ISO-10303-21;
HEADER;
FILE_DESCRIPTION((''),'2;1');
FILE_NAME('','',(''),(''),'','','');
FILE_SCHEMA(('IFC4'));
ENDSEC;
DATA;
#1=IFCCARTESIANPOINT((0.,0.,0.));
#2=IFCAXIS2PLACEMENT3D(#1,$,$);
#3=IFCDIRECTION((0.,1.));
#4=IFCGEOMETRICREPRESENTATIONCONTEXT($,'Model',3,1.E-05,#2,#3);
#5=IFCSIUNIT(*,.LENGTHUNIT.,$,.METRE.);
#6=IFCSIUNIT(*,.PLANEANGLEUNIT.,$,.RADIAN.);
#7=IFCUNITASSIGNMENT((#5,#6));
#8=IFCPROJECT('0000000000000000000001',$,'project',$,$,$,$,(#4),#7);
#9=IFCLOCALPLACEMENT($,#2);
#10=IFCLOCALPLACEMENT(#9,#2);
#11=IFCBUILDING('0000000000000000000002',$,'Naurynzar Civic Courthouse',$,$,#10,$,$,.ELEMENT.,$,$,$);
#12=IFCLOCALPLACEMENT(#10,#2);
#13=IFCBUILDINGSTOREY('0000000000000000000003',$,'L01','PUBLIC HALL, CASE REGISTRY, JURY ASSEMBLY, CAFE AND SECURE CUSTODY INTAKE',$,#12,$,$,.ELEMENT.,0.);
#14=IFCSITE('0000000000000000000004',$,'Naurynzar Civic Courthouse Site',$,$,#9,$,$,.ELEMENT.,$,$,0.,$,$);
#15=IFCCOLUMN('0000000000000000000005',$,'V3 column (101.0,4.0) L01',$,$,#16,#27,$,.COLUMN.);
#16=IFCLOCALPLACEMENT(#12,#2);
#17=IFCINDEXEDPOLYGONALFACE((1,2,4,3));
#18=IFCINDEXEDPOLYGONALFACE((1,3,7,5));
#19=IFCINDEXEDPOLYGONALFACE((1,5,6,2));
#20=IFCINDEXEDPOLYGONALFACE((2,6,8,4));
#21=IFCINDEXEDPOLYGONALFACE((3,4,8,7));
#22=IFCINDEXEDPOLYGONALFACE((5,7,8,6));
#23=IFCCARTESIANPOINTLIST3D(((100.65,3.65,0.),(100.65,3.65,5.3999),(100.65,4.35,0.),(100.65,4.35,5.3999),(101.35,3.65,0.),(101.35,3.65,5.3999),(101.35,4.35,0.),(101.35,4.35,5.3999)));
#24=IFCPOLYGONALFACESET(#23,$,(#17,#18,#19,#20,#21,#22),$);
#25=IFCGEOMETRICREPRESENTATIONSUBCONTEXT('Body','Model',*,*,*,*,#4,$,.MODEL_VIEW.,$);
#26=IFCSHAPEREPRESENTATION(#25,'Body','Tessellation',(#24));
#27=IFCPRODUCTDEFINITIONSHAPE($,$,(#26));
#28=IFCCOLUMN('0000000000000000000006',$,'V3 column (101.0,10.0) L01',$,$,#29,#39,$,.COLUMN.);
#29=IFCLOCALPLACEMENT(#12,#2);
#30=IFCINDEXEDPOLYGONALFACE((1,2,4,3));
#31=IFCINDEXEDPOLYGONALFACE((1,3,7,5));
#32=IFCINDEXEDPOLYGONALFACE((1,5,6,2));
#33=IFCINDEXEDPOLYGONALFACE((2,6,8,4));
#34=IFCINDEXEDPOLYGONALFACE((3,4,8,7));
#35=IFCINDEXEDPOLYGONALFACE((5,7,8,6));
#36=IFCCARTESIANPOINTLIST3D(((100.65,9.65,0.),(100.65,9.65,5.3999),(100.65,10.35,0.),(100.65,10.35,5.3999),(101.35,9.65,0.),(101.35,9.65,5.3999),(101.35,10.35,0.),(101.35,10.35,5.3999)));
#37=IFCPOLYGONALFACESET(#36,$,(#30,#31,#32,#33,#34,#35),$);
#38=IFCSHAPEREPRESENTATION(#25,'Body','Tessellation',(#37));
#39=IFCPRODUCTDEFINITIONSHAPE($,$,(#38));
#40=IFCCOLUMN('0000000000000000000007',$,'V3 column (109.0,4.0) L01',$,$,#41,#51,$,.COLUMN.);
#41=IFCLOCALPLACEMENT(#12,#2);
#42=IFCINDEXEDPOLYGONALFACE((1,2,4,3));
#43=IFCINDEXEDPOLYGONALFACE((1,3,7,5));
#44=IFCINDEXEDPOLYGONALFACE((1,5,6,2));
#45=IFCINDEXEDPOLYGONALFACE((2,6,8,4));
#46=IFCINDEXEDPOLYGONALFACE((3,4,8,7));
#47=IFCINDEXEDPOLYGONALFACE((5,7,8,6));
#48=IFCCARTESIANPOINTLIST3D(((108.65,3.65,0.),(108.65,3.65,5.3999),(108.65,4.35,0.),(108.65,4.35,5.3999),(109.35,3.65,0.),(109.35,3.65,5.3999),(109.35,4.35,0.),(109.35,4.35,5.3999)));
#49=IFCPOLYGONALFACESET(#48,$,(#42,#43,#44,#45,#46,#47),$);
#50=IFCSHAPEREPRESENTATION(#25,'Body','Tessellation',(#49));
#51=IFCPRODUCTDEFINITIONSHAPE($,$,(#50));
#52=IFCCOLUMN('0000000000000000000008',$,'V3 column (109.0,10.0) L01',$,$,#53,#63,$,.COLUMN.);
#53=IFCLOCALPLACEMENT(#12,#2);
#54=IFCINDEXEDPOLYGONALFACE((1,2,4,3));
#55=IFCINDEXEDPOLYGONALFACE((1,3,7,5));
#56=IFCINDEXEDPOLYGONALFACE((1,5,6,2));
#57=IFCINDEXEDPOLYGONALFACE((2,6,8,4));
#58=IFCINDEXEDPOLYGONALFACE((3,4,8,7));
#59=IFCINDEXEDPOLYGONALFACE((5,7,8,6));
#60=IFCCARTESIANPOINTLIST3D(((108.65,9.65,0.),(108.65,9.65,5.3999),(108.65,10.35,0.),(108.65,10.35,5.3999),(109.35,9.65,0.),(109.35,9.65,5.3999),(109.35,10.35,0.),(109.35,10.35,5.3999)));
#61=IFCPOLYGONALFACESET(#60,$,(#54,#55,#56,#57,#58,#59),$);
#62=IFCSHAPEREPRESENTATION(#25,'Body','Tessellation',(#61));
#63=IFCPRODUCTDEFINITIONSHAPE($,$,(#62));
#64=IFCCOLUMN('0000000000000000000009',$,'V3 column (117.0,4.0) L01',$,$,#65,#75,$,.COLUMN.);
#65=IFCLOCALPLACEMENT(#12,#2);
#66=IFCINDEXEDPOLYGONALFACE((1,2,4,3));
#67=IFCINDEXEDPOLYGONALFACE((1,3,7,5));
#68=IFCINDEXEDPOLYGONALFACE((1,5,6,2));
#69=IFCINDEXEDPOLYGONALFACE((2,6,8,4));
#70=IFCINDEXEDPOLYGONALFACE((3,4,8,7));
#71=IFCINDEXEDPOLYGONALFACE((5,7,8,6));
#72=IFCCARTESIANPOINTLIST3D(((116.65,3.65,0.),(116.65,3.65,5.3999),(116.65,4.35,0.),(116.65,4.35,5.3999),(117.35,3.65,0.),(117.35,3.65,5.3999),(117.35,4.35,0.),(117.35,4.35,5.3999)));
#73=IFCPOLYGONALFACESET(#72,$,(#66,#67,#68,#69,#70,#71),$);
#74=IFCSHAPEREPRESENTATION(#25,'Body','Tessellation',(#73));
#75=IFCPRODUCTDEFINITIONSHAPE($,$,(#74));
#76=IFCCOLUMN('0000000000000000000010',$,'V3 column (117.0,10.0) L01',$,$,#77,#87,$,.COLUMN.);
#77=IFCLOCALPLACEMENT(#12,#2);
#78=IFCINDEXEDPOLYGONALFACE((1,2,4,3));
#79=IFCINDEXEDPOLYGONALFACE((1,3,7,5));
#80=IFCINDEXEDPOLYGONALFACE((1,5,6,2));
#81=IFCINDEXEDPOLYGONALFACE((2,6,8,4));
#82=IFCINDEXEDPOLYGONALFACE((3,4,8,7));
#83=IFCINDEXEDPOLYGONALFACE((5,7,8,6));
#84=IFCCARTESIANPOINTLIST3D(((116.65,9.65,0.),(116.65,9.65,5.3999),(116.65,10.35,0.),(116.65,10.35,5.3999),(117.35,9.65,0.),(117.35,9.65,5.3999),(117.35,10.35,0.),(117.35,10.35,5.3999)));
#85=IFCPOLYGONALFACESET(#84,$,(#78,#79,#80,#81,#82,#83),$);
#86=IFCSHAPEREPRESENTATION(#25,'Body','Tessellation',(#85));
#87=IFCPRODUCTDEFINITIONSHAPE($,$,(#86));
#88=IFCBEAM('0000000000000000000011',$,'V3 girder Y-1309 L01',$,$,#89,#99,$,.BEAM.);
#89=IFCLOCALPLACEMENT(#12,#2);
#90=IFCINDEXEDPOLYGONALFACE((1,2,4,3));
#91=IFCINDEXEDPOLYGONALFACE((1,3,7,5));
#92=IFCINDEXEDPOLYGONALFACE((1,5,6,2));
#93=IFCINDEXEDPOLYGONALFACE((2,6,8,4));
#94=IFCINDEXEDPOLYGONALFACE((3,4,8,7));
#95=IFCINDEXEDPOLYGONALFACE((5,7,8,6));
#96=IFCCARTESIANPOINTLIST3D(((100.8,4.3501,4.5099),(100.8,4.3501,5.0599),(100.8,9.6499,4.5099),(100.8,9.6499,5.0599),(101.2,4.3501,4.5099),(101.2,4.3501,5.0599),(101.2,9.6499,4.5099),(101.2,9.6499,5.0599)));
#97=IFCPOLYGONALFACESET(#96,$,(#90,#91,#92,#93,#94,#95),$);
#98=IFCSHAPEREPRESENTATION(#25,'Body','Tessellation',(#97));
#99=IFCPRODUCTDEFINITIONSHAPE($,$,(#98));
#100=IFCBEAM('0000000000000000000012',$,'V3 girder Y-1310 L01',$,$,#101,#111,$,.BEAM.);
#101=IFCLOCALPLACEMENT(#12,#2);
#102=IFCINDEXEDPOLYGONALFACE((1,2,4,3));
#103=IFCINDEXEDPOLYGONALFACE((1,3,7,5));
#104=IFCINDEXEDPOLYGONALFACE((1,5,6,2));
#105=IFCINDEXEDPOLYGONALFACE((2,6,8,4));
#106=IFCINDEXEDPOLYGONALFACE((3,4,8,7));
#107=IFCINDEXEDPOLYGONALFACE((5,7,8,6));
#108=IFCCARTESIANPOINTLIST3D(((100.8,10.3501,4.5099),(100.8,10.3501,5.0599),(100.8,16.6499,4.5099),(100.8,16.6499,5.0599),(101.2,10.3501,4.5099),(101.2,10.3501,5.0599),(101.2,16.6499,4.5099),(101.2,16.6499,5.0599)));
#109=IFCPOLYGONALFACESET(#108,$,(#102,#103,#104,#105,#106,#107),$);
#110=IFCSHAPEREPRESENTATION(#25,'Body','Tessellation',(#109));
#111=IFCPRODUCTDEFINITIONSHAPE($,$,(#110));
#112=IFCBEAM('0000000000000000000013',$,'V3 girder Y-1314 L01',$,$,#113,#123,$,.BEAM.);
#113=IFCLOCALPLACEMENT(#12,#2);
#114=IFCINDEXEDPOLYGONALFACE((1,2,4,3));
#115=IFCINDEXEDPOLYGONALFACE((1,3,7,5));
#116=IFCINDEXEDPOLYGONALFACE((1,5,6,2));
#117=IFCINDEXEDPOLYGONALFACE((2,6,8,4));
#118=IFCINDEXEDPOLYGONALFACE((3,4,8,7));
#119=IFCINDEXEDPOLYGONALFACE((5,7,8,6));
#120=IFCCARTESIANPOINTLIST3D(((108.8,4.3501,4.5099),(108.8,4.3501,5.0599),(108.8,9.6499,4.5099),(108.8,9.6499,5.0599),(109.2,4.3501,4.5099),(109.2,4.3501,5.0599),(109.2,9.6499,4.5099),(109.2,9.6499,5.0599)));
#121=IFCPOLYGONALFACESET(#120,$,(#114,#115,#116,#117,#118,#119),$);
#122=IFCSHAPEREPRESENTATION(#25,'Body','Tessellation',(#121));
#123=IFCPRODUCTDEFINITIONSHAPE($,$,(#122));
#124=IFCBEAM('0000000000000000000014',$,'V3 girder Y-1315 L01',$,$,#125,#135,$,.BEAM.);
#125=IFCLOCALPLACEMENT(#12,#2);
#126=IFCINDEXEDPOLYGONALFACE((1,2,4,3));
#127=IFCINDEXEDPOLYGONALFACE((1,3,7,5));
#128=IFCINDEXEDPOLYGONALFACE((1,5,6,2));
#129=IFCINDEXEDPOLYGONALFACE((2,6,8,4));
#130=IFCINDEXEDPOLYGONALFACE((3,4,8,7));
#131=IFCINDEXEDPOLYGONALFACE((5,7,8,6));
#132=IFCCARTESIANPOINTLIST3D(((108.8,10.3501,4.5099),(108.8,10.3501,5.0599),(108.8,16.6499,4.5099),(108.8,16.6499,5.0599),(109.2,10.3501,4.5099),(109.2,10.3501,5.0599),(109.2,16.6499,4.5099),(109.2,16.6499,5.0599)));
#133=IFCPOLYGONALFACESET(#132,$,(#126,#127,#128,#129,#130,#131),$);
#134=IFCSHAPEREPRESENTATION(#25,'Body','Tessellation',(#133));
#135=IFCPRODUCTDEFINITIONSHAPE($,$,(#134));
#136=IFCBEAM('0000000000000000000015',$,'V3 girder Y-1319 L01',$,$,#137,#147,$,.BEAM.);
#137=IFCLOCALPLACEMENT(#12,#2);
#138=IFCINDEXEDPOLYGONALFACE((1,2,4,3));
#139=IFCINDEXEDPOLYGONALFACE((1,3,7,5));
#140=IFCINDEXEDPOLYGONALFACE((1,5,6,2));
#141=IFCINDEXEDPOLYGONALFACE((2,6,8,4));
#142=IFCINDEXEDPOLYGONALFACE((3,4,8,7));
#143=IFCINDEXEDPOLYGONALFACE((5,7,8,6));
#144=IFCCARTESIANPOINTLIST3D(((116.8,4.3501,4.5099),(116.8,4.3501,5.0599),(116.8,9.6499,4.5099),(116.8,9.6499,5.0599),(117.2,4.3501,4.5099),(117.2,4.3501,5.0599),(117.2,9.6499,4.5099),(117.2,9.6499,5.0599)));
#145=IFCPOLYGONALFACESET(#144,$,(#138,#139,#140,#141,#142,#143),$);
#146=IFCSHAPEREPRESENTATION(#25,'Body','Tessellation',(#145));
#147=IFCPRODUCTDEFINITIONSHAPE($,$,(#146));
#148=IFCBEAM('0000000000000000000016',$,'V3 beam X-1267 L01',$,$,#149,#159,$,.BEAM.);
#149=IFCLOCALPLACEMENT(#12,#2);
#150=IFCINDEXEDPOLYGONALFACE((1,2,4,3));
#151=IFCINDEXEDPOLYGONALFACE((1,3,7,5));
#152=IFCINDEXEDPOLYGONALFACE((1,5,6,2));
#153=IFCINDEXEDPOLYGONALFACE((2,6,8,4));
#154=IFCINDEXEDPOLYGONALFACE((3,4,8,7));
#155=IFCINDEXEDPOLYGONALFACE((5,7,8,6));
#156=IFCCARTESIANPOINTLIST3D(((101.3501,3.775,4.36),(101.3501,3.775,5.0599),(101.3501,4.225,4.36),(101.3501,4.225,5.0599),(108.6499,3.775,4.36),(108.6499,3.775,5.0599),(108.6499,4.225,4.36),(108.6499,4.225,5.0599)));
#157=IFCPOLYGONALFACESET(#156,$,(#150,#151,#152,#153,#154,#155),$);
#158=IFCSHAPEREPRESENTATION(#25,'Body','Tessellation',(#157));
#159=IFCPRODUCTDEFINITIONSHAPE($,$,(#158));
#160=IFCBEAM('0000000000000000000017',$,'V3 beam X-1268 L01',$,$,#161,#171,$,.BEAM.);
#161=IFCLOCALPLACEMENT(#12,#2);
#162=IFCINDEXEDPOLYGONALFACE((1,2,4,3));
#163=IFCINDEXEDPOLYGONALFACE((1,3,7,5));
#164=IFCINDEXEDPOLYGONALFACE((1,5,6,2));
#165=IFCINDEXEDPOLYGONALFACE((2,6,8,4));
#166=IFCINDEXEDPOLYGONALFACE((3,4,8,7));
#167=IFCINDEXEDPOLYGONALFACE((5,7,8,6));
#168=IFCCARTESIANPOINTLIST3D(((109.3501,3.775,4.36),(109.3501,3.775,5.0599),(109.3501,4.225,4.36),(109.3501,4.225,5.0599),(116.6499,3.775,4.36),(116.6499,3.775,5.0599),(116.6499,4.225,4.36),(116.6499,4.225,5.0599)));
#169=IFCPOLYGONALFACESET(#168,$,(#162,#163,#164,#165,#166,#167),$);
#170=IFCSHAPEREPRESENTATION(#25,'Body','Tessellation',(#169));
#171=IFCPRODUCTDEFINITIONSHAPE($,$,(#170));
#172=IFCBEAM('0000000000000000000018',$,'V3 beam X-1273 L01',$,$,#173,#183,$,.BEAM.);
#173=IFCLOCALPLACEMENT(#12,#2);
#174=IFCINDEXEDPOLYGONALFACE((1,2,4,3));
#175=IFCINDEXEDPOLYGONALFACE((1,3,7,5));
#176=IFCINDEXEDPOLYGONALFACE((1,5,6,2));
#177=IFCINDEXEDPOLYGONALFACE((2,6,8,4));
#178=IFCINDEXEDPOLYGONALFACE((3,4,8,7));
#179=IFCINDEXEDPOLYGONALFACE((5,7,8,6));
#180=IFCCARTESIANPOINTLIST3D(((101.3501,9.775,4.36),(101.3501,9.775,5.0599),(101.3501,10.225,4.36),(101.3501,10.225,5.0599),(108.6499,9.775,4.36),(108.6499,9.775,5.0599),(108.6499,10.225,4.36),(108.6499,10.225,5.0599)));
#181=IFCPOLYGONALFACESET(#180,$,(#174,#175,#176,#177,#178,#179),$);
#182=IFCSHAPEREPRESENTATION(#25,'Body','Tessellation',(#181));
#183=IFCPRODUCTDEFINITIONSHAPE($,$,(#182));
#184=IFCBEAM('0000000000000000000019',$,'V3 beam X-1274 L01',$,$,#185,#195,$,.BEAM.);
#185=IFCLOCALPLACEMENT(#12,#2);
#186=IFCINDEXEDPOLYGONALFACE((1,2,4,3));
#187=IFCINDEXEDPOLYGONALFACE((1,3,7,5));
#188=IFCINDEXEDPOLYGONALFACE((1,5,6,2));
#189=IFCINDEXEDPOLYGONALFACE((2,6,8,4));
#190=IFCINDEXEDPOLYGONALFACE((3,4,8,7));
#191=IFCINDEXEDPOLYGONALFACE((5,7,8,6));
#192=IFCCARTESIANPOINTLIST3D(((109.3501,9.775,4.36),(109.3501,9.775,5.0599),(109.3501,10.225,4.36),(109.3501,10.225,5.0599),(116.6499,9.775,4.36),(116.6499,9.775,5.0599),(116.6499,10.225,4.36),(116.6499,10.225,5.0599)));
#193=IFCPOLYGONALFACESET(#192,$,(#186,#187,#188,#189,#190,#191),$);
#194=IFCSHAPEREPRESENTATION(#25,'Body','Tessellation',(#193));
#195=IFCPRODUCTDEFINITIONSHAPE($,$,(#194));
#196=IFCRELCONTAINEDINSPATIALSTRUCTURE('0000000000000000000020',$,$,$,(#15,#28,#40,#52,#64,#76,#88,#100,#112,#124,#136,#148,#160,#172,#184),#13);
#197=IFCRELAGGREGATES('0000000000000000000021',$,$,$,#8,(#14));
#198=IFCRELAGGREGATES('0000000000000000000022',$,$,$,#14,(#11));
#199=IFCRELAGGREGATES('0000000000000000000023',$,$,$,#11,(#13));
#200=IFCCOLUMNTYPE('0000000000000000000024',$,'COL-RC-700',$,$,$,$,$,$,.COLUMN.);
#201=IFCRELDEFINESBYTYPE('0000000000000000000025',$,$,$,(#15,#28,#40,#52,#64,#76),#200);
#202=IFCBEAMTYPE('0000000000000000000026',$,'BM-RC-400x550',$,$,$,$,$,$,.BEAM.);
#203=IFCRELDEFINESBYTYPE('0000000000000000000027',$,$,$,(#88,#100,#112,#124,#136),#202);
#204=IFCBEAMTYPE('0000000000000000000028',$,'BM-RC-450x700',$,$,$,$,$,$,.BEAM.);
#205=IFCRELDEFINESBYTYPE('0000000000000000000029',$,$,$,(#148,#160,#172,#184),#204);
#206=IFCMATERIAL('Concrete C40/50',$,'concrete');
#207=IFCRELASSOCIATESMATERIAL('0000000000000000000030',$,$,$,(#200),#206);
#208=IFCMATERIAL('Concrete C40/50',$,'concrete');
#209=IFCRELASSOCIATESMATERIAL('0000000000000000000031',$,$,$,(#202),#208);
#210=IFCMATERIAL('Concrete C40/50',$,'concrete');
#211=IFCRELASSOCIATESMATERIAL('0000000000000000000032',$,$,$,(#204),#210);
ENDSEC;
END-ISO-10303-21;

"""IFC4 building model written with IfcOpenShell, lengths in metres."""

from ifc_helpers import new_model, si_unit, direction, frame, origin, origin_2d, place, context, subcontext, project, spatial, rectangle, extrude, material, material_profile, profile_set, type_object, element, save


model = new_model("IFC4")

# Units and contexts
model_context = context("Model", 3, precision=1e-05, world=origin(), true_north=direction((0.0, 1.0)))
body_context = subcontext(model_context, "Body", "Model", "MODEL_VIEW")
ifc_project = project(units=[si_unit("LENGTHUNIT", "METRE"), si_unit("PLANEANGLEUNIT", "RADIAN")], contexts=[model_context])

# Site, building, storey
site_placement = place(None, origin())
site = spatial("IfcSite", under=ifc_project, at=site_placement, Name="Naurynzar Civic Courthouse Site", CompositionType="ELEMENT", RefElevation=0.0)
building_placement = place(site_placement, origin())
building = spatial("IfcBuilding", under=site, at=building_placement, Name="Naurynzar Civic Courthouse", CompositionType="ELEMENT")
storey_placement = place(building_placement, origin())
storey = spatial("IfcBuildingStorey", under=building, at=storey_placement, Name="L01", Description="PUBLIC HALL, CASE REGISTRY, JURY ASSEMBLY, CAFE AND SECURE CUSTODY INTAKE", CompositionType="ELEMENT", Elevation=0.0)

# Columns
ifc_material_1 = material(Name="Concrete C40/50", Category="concrete")
ifc_material_profile_1 = material_profile(ifc_material_1, rectangle(XDim=0.7, YDim=0.7, at=origin_2d()), Name="RC 700x700")
ifc_profile_set_1 = profile_set([ifc_material_profile_1], Name="Concrete C40/50")
column_type = type_object("IfcColumnType", Name="COL-RC-700", PredefinedType="COLUMN", material=ifc_profile_set_1)
for number, where, z_axis, x_axis, name in (
    (1, (101.0, 4.0, 0.0), (0.0, 0.0, 1.0), (1.0, 0.0, 0.0), "V3 column (101.0,4.0) L01"),
    (2, (101.0, 10.0, 0.0), (0.0, 0.0, 1.0), (1.0, 0.0, 0.0), "V3 column (101.0,10.0) L01"),
    (3, (109.0, 4.0, 0.0), (0.0, 0.0, 1.0), (1.0, 0.0, 0.0), "V3 column (109.0,4.0) L01"),
    (4, (109.0, 10.0, 0.0), (0.0, 0.0, 1.0), (1.0, 0.0, 0.0), "V3 column (109.0,10.0) L01"),
    (5, (117.0, 4.0, 0.0), (0.0, 0.0, 1.0), (1.0, 0.0, 0.0), "V3 column (117.0,4.0) L01"),
    (6, (117.0, 10.0, 0.0), (0.0, 0.0, 1.0), (1.0, 0.0, 0.0), "V3 column (117.0,10.0) L01"),
):
    element("IfcColumn", number, at=place(storey_placement, frame(where, z_axis=z_axis, x_axis=x_axis)), inside=storey, type_object=column_type, Name=name, PredefinedType="COLUMN", context=body_context, shape_type="SweptSolid", body=[
        extrude(rectangle(XDim=0.7, YDim=0.7, at=origin_2d()), origin(), (0.0, 0.0, 1.0), 5.3999),
    ])

# Beams
ifc_material_2 = material(Name="Concrete C40/50", Category="concrete")
ifc_material_profile_2 = material_profile(ifc_material_2, rectangle(XDim=0.3999, YDim=0.55, at=origin_2d()), Name="RCB 400x550")
ifc_profile_set_2 = profile_set([ifc_material_profile_2], Name="Concrete C40/50")
beam_type_1 = type_object("IfcBeamType", Name="BM-RC-400x550", PredefinedType="BEAM", material=ifc_profile_set_2)
beam_1_placement = place(storey_placement, frame((101.0, 4.3501, 4.7849), z_axis=(0.0, 1.0, 0.0), x_axis=(-1.0, 0.0, 0.0)))
element("IfcBeam", 7, at=beam_1_placement, inside=storey, type_object=beam_type_1, Name="V3 girder Y-1309 L01", PredefinedType="BEAM", context=body_context, shape_type="SweptSolid", body=[
    extrude(rectangle(XDim=0.3999, YDim=0.55, at=origin_2d()), origin(), (0.0, 0.0, 1.0), 5.2998),
])
beam_2_placement = place(storey_placement, frame((101.0, 10.3501, 4.7849), z_axis=(0.0, 1.0, 0.0), x_axis=(-1.0, 0.0, 0.0)))
element("IfcBeam", 8, at=beam_2_placement, inside=storey, type_object=beam_type_1, Name="V3 girder Y-1310 L01", PredefinedType="BEAM", context=body_context, shape_type="SweptSolid", body=[
    extrude(rectangle(XDim=0.3999, YDim=0.55, at=origin_2d()), origin(), (0.0, 0.0, 1.0), 6.2998),
])
beam_3_placement = place(storey_placement, frame((109.0, 4.3501, 4.7849), z_axis=(0.0, 1.0, 0.0), x_axis=(-1.0, 0.0, 0.0)))
element("IfcBeam", 9, at=beam_3_placement, inside=storey, type_object=beam_type_1, Name="V3 girder Y-1314 L01", PredefinedType="BEAM", context=body_context, shape_type="SweptSolid", body=[
    extrude(rectangle(XDim=0.3999, YDim=0.55, at=origin_2d()), origin(), (0.0, 0.0, 1.0), 5.2998),
])
beam_4_placement = place(storey_placement, frame((109.0, 10.3501, 4.7849), z_axis=(0.0, 1.0, 0.0), x_axis=(-1.0, 0.0, 0.0)))
element("IfcBeam", 10, at=beam_4_placement, inside=storey, type_object=beam_type_1, Name="V3 girder Y-1315 L01", PredefinedType="BEAM", context=body_context, shape_type="SweptSolid", body=[
    extrude(rectangle(XDim=0.3999, YDim=0.55, at=origin_2d()), origin(), (0.0, 0.0, 1.0), 6.2998),
])
beam_5_placement = place(storey_placement, frame((117.0, 4.3501, 4.7849), z_axis=(0.0, 1.0, 0.0), x_axis=(-1.0, 0.0, 0.0)))
element("IfcBeam", 11, at=beam_5_placement, inside=storey, type_object=beam_type_1, Name="V3 girder Y-1319 L01", PredefinedType="BEAM", context=body_context, shape_type="SweptSolid", body=[
    extrude(rectangle(XDim=0.3999, YDim=0.55, at=origin_2d()), origin(), (0.0, 0.0, 1.0), 5.2998),
])
ifc_material_3 = material(Name="Concrete C40/50", Category="concrete")
ifc_material_profile_3 = material_profile(ifc_material_3, rectangle(XDim=0.45, YDim=0.7, at=origin_2d()), Name="RCB 450x700")
ifc_profile_set_3 = profile_set([ifc_material_profile_3], Name="Concrete C40/50")
beam_type_2 = type_object("IfcBeamType", Name="BM-RC-450x700", PredefinedType="BEAM", material=ifc_profile_set_3)
for number, where, z_axis, x_axis, name in (
    (12, (101.3501, 4.0, 4.71), (1.0, 0.0, 0.0), (0.0, 1.0, 0.0), "V3 beam X-1267 L01"),
    (13, (109.3501, 4.0, 4.71), (1.0, 0.0, 0.0), (0.0, 1.0, 0.0), "V3 beam X-1268 L01"),
    (14, (101.3501, 10.0, 4.71), (1.0, 0.0, 0.0), (0.0, 1.0, 0.0), "V3 beam X-1273 L01"),
    (15, (109.3501, 10.0, 4.71), (1.0, 0.0, 0.0), (0.0, 1.0, 0.0), "V3 beam X-1274 L01"),
):
    element("IfcBeam", number, at=place(storey_placement, frame(where, z_axis=z_axis, x_axis=x_axis)), inside=storey, type_object=beam_type_2, Name=name, PredefinedType="BEAM", context=body_context, shape_type="SweptSolid", body=[
        extrude(rectangle(XDim=0.45, YDim=0.7, at=origin_2d()), origin(), (0.0, 0.0, 1.0), 7.2998),
    ])

save(model, "model.ifc")
